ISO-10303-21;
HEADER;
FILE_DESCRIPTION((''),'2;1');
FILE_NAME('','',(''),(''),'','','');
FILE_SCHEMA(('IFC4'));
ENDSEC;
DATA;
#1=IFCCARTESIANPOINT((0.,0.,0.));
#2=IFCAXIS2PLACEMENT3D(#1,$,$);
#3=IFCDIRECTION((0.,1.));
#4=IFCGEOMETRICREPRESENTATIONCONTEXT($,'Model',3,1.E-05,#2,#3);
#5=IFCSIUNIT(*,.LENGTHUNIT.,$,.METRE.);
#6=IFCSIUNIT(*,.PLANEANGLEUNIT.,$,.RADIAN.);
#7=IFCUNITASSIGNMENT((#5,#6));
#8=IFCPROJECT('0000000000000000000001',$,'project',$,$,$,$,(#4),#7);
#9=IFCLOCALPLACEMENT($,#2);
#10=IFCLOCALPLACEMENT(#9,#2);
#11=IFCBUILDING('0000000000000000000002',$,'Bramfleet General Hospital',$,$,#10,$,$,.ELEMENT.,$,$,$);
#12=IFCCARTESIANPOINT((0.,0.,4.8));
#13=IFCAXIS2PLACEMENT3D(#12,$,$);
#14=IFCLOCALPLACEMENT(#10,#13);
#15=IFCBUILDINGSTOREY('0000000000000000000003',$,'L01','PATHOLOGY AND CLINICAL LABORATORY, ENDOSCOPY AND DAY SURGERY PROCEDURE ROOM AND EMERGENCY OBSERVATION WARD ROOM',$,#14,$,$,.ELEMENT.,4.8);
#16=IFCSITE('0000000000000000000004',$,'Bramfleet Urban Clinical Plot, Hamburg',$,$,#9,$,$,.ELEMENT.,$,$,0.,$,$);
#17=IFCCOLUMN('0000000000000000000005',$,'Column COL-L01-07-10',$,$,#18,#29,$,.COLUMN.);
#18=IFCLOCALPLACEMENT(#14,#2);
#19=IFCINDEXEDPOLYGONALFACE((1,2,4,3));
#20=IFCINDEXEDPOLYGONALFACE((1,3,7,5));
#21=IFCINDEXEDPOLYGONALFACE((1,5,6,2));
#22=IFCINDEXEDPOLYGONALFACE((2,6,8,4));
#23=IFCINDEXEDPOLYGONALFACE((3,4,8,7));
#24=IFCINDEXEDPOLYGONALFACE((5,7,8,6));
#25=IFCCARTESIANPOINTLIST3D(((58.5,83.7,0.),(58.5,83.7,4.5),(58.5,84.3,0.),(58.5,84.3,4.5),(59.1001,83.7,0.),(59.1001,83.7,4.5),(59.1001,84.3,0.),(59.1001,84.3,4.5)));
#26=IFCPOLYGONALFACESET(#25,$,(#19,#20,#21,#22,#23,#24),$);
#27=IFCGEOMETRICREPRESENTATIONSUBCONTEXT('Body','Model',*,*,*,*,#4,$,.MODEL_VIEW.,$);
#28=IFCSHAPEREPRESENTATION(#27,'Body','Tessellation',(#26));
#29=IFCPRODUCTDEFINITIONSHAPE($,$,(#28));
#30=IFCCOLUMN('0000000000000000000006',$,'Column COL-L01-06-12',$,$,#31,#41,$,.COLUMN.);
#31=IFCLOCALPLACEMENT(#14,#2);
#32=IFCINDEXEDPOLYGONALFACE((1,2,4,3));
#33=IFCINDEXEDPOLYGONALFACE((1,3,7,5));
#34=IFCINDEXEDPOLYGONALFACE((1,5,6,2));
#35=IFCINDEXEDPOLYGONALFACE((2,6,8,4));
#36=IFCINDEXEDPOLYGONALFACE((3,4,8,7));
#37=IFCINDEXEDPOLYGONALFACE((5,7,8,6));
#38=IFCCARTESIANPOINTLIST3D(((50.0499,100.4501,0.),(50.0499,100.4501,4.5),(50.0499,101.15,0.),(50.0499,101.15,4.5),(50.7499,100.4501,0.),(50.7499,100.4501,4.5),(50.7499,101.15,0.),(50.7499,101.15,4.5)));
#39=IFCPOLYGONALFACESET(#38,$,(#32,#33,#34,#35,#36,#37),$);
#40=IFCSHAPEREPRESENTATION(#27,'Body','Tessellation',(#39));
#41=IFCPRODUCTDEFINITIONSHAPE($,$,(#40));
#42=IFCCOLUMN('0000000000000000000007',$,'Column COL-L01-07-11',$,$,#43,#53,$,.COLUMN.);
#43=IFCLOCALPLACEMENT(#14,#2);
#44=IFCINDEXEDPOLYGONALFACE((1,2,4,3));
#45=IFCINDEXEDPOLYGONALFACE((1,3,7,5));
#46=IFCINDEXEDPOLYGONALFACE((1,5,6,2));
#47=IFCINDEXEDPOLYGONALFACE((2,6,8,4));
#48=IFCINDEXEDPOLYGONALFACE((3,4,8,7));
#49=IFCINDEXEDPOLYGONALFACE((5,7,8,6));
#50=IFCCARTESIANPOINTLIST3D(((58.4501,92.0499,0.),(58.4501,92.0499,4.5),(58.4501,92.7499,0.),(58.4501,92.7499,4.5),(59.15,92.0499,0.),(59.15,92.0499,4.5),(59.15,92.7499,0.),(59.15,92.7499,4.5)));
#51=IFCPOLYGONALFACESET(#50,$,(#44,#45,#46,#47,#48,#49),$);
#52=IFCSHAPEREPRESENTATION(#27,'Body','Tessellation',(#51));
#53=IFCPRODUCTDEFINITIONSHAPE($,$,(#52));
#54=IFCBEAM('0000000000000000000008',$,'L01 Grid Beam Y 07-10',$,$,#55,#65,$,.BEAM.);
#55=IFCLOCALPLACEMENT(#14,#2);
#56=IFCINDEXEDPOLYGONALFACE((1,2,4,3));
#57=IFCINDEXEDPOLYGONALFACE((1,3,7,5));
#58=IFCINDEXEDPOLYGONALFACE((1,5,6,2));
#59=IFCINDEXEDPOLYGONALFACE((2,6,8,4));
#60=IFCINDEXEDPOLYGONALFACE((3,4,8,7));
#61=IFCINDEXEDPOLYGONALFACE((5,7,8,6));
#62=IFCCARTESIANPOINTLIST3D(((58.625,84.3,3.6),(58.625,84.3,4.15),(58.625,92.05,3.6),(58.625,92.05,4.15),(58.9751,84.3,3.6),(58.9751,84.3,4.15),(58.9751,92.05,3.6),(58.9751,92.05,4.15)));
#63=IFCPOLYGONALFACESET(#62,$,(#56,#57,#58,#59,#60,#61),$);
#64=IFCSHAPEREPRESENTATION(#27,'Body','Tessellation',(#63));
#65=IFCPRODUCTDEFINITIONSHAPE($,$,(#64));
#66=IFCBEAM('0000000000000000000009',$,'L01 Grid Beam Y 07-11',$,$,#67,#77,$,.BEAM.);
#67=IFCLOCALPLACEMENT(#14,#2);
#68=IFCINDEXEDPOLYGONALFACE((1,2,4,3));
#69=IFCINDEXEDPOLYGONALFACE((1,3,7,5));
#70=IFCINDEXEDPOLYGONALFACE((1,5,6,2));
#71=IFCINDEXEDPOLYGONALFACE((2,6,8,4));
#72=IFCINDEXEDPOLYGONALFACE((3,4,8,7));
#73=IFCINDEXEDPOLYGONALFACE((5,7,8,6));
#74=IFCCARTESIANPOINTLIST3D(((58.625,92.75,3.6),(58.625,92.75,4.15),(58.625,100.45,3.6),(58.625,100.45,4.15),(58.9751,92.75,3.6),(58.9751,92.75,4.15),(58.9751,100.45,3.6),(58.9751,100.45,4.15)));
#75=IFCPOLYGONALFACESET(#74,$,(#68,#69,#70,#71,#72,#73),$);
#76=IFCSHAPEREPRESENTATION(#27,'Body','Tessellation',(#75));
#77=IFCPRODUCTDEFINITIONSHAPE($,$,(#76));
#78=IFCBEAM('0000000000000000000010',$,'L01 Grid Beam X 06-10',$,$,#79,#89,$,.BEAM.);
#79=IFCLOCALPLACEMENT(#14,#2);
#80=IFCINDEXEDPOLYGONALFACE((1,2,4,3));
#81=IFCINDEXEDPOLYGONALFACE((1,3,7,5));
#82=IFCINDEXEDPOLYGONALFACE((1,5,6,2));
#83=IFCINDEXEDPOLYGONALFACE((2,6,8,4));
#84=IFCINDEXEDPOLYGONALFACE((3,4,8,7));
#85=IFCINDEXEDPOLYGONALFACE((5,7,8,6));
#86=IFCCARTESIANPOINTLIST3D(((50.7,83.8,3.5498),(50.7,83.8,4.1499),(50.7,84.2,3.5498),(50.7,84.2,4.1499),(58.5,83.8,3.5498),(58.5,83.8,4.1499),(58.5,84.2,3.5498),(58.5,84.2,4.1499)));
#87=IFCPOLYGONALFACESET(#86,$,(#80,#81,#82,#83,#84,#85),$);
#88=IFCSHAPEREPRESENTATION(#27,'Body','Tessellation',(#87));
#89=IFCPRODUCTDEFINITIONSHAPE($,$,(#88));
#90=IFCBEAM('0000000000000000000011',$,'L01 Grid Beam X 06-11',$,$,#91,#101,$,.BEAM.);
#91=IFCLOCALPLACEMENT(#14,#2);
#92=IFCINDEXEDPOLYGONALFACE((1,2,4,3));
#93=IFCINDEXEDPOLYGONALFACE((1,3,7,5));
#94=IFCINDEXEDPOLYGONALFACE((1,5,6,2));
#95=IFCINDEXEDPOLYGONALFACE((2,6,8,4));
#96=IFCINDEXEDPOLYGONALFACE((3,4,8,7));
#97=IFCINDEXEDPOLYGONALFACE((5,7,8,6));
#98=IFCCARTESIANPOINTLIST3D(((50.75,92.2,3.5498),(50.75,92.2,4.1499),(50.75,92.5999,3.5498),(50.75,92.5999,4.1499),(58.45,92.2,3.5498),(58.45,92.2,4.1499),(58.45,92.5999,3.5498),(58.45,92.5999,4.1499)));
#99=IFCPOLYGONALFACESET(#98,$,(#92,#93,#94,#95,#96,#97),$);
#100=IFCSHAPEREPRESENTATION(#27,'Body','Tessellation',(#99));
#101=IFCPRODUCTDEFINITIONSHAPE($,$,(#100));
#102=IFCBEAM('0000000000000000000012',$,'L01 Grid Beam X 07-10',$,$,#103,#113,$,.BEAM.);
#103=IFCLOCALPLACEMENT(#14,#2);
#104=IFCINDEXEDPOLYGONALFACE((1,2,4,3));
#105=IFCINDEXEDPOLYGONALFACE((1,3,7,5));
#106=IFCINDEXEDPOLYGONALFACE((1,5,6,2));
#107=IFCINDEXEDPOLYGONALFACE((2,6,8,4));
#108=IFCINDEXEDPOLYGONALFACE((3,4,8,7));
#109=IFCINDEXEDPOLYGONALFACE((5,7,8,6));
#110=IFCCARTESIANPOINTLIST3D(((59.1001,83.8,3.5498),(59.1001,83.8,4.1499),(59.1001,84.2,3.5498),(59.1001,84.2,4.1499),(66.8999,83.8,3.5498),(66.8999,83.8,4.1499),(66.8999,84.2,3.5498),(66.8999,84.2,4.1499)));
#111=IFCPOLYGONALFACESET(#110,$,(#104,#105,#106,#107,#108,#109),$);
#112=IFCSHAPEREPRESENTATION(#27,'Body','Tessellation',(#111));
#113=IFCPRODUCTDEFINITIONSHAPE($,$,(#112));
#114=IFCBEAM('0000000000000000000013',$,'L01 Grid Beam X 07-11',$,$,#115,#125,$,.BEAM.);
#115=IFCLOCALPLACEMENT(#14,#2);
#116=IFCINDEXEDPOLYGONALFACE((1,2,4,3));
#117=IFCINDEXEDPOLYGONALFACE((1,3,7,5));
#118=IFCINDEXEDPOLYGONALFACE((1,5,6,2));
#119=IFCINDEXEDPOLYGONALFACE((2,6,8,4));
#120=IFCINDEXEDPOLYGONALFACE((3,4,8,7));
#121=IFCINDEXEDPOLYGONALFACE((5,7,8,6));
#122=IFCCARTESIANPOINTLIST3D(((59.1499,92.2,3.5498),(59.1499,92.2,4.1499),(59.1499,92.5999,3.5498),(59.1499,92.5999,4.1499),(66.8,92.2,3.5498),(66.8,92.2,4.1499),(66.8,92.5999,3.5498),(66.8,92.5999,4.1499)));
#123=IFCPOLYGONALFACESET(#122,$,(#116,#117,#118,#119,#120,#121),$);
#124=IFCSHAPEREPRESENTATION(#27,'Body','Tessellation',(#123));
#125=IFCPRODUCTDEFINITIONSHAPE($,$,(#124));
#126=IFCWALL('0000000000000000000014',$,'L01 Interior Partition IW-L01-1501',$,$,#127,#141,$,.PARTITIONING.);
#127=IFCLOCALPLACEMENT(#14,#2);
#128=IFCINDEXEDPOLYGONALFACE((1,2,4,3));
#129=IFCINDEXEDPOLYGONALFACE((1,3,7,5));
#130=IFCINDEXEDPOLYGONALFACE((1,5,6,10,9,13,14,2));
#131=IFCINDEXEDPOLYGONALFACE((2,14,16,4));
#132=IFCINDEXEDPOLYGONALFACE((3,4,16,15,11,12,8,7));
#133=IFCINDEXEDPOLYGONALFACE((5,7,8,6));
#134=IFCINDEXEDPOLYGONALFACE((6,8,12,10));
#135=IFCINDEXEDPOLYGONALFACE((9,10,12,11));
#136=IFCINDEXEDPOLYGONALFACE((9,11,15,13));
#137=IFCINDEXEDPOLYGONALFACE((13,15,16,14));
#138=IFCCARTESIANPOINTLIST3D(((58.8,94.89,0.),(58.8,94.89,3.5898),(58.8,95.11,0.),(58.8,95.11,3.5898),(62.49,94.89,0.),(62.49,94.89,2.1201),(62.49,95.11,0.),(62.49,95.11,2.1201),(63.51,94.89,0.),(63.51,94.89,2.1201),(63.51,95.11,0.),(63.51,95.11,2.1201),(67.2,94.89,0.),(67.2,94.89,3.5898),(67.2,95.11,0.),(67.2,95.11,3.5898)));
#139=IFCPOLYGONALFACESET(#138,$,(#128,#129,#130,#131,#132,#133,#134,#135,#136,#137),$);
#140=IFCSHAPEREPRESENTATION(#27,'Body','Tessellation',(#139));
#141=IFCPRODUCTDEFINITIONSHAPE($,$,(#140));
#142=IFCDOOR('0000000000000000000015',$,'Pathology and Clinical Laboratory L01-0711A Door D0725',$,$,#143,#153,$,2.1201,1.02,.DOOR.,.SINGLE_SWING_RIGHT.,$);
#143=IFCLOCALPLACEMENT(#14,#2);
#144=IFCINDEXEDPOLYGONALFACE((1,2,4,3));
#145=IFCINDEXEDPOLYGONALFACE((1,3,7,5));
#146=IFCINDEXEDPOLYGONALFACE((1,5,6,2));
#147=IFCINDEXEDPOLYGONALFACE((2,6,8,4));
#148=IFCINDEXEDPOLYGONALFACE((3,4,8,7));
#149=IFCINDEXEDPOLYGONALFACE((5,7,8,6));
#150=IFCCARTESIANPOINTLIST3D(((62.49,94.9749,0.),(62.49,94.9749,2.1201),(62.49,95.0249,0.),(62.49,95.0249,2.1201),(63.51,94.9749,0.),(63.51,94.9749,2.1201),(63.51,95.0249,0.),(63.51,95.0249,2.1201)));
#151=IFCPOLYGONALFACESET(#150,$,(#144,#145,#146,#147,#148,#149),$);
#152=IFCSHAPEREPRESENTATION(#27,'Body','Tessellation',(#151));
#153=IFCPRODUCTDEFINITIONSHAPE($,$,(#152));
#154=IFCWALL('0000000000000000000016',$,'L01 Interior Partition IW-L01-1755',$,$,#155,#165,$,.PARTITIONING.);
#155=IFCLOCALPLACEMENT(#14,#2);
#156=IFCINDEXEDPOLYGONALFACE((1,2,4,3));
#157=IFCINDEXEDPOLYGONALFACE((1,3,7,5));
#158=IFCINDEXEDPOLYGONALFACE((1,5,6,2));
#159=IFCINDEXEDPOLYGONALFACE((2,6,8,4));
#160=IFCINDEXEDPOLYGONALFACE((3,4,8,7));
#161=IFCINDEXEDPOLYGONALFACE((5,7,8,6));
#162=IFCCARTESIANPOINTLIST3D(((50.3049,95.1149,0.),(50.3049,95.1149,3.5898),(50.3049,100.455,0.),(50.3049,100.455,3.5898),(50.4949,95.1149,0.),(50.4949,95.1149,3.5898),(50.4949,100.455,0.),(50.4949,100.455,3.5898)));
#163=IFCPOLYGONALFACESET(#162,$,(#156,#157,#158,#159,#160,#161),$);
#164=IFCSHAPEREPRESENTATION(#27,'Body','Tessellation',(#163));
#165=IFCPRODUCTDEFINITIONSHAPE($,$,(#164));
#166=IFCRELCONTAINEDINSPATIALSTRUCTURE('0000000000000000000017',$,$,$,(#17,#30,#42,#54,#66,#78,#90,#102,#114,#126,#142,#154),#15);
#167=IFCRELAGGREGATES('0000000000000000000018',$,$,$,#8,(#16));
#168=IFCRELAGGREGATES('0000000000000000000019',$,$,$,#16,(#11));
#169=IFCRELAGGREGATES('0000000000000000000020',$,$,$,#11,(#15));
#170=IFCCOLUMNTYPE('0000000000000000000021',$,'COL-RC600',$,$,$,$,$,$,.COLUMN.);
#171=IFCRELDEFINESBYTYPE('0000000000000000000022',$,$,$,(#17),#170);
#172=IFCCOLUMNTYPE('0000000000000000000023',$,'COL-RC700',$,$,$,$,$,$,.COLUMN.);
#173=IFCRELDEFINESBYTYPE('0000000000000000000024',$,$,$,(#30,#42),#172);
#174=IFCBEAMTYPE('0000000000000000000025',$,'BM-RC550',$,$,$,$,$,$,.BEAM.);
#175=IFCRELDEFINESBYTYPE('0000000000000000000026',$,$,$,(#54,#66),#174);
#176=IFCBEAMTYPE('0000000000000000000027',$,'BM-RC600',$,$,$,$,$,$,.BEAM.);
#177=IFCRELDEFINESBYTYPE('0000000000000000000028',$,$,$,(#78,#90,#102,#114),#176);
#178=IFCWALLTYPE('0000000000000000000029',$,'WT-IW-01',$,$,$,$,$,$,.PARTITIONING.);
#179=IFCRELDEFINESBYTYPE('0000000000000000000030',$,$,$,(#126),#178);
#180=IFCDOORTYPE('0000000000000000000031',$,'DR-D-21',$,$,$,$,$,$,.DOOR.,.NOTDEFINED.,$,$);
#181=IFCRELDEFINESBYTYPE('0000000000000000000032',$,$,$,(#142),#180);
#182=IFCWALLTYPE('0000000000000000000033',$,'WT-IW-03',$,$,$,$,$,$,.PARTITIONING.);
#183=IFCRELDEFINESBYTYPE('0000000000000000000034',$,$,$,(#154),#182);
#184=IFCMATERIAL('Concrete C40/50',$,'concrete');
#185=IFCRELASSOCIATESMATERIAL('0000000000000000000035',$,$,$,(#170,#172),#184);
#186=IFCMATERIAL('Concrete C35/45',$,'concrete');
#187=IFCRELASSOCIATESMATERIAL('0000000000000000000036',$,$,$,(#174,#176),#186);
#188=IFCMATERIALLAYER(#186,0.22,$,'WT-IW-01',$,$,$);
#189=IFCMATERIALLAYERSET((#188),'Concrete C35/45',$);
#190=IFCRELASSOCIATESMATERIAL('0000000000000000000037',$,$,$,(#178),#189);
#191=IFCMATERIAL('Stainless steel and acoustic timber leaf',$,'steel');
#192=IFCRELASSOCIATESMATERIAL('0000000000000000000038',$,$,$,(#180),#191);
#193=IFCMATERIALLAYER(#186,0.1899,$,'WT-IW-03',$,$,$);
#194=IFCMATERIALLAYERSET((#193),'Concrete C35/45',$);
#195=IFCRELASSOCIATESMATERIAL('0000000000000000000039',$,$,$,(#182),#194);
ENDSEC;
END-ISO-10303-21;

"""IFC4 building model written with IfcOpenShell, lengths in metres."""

from ifc_helpers import new_model, si_unit, direction, frame, frame_2d, origin, origin_2d, place, context, subcontext, project, spatial, rectangle, extrude, material, layer, layer_set, material_profile, profile_set, type_object, element, fill, save


model = new_model("IFC4")

# Units and contexts
model_context = context("Model", 3, precision=1e-05, world=origin(), true_north=direction((0.0, 1.0)))
body_context = subcontext(model_context, "Body", "Model", "MODEL_VIEW")
ifc_project = project(units=[si_unit("LENGTHUNIT", "METRE"), si_unit("PLANEANGLEUNIT", "RADIAN")], contexts=[model_context])

# Site, building, storey
site_placement = place(None, origin())
site = spatial("IfcSite", under=ifc_project, at=site_placement, Name="Bramfleet Urban Clinical Plot, Hamburg", CompositionType="ELEMENT", RefElevation=0.0)
building_placement = place(site_placement, origin())
building = spatial("IfcBuilding", under=site, at=building_placement, Name="Bramfleet General Hospital", CompositionType="ELEMENT")
storey_placement = place(building_placement, frame((0.0, 0.0, 4.8)))
storey = spatial("IfcBuildingStorey", under=building, at=storey_placement, Name="L01", Description="PATHOLOGY AND CLINICAL LABORATORY, ENDOSCOPY AND DAY SURGERY PROCEDURE ROOM AND EMERGENCY OBSERVATION WARD ROOM", CompositionType="ELEMENT", Elevation=4.8)

# Columns
ifc_material_1 = material(Name="Concrete C40/50", Category="concrete")
ifc_material_profile_1 = material_profile(ifc_material_1, rectangle(XDim=0.6001, YDim=0.6001, at=origin_2d()), Name="RC COL 600x600")
ifc_profile_set_1 = profile_set([ifc_material_profile_1], Name="Concrete C40/50")
column_type_1 = type_object("IfcColumnType", Name="COL-RC600", PredefinedType="COLUMN", material=ifc_profile_set_1)
column_placement = place(storey_placement, frame((58.8, 84.0, 0.0), z_axis=(0.0, 0.0, 1.0), x_axis=(1.0, 0.0, 0.0)))
element("IfcColumn", 1, at=column_placement, inside=storey, type_object=column_type_1, Name="Column COL-L01-07-10", PredefinedType="COLUMN", context=body_context, shape_type="SweptSolid", body=[
    extrude(rectangle(XDim=0.6001, YDim=0.6001, at=origin_2d()), origin(), (0.0, 0.0, 1.0), 4.5),
])
ifc_material_profile_2 = material_profile(ifc_material_1, rectangle(XDim=0.7, YDim=0.7, at=origin_2d()), Name="RC COL 700x700")
ifc_profile_set_2 = profile_set([ifc_material_profile_2], Name="Concrete C40/50")
column_type_2 = type_object("IfcColumnType", Name="COL-RC700", PredefinedType="COLUMN", material=ifc_profile_set_2)
for number, where, z_axis, x_axis, name in (
    (2, (50.3999, 100.8, 0.0), (0.0, 0.0, 1.0), (1.0, 0.0, 0.0), "Column COL-L01-06-12"),
    (3, (58.8, 92.3999, 0.0), (0.0, 0.0, 1.0), (1.0, 0.0, 0.0), "Column COL-L01-07-11"),
):
    element("IfcColumn", number, at=place(storey_placement, frame(where, z_axis=z_axis, x_axis=x_axis)), inside=storey, type_object=column_type_2, Name=name, PredefinedType="COLUMN", context=body_context, shape_type="SweptSolid", body=[
        extrude(rectangle(XDim=0.7, YDim=0.7, at=origin_2d()), origin(), (0.0, 0.0, 1.0), 4.5),
    ])

# Beams
ifc_material_2 = material(Name="Concrete C35/45", Category="concrete")
ifc_material_profile_3 = material_profile(ifc_material_2, rectangle(XDim=0.3501, YDim=0.55, at=origin_2d()), Name="RC BM 550x350")
ifc_profile_set_3 = profile_set([ifc_material_profile_3], Name="Concrete C35/45")
beam_type_1 = type_object("IfcBeamType", Name="BM-RC550", PredefinedType="BEAM", material=ifc_profile_set_3)
beam_1_placement = place(storey_placement, frame((58.8, 84.3, 3.875), z_axis=(0.0, 1.0, 0.0), x_axis=(-1.0, 0.0, 0.0)))
element("IfcBeam", 4, at=beam_1_placement, inside=storey, type_object=beam_type_1, Name="L01 Grid Beam Y 07-10", PredefinedType="BEAM", context=body_context, shape_type="SweptSolid", body=[
    extrude(rectangle(XDim=0.3501, YDim=0.55, at=origin_2d()), origin(), (0.0, 0.0, 1.0), 7.75),
])
beam_2_placement = place(storey_placement, frame((58.8, 92.75, 3.875), z_axis=(0.0, 1.0, 0.0), x_axis=(-1.0, 0.0, 0.0)))
element("IfcBeam", 5, at=beam_2_placement, inside=storey, type_object=beam_type_1, Name="L01 Grid Beam Y 07-11", PredefinedType="BEAM", context=body_context, shape_type="SweptSolid", body=[
    extrude(rectangle(XDim=0.3501, YDim=0.55, at=origin_2d()), origin(), (0.0, 0.0, 1.0), 7.7),
])
ifc_material_profile_4 = material_profile(ifc_material_2, rectangle(XDim=0.3999, YDim=0.6001, at=origin_2d()), Name="RC BM 600x400")
ifc_profile_set_4 = profile_set([ifc_material_profile_4], Name="Concrete C35/45")
beam_type_2 = type_object("IfcBeamType", Name="BM-RC600", PredefinedType="BEAM", material=ifc_profile_set_4)
beam_3_placement = place(storey_placement, frame((50.7, 84.0, 3.8499), z_axis=(1.0, 0.0, 0.0), x_axis=(0.0, 1.0, 0.0)))
element("IfcBeam", 6, at=beam_3_placement, inside=storey, type_object=beam_type_2, Name="L01 Grid Beam X 06-10", PredefinedType="BEAM", context=body_context, shape_type="SweptSolid", body=[
    extrude(rectangle(XDim=0.3999, YDim=0.6001, at=origin_2d()), origin(), (0.0, 0.0, 1.0), 7.8),
])
beam_4_placement = place(storey_placement, frame((50.75, 92.3999, 3.8499), z_axis=(1.0, 0.0, 0.0), x_axis=(0.0, 1.0, 0.0)))
element("IfcBeam", 7, at=beam_4_placement, inside=storey, type_object=beam_type_2, Name="L01 Grid Beam X 06-11", PredefinedType="BEAM", context=body_context, shape_type="SweptSolid", body=[
    extrude(rectangle(XDim=0.3999, YDim=0.6001, at=origin_2d()), origin(), (0.0, 0.0, 1.0), 7.7),
])
beam_5_placement = place(storey_placement, frame((59.1001, 84.0, 3.8499), z_axis=(1.0, 0.0, 0.0), x_axis=(0.0, 1.0, 0.0)))
element("IfcBeam", 8, at=beam_5_placement, inside=storey, type_object=beam_type_2, Name="L01 Grid Beam X 07-10", PredefinedType="BEAM", context=body_context, shape_type="SweptSolid", body=[
    extrude(rectangle(XDim=0.3999, YDim=0.6001, at=origin_2d()), origin(), (0.0, 0.0, 1.0), 7.7998),
])
beam_6_placement = place(storey_placement, frame((59.1499, 92.3999, 3.8499), z_axis=(1.0, 0.0, 0.0), x_axis=(0.0, 1.0, 0.0)))
element("IfcBeam", 9, at=beam_6_placement, inside=storey, type_object=beam_type_2, Name="L01 Grid Beam X 07-11", PredefinedType="BEAM", context=body_context, shape_type="SweptSolid", body=[
    extrude(rectangle(XDim=0.3999, YDim=0.6001, at=origin_2d()), origin(), (0.0, 0.0, 1.0), 7.6501),
])

# Wall, opening, door
ifc_layer_1 = layer(ifc_material_2, 0.22, Name="WT-IW-01")
ifc_layer_set_1 = layer_set([ifc_layer_1], Name="Concrete C35/45")
wall_type_1 = type_object("IfcWallType", Name="WT-IW-01", PredefinedType="PARTITIONING", material=ifc_layer_set_1)
wall_1_placement = place(storey_placement, frame((58.8, 95.0, 0.0), z_axis=(0.0, 0.0, 1.0), x_axis=(1.0, 0.0, 0.0)))
wall_1 = element("IfcWall", 10, at=wall_1_placement, inside=storey, type_object=wall_type_1, Name="L01 Interior Partition IW-L01-1501", PredefinedType="PARTITIONING", context=body_context, shape_type="SweptSolid", body=[
    extrude(rectangle(XDim=8.3999, YDim=0.22, at=frame_2d((4.2, 0.0))), origin(), (0.0, 0.0, 1.0), 3.5898),
])
opening_1_placement = place(wall_1_placement, frame((3.6899, 0.0, 0.0)))
opening_1 = element("IfcOpeningElement", 11, at=opening_1_placement, cuts=wall_1, PredefinedType="OPENING", context=body_context, shape_type="SweptSolid", body=[
    extrude(rectangle(XDim=1.02, YDim=2.1201, at=frame_2d((0.51, 1.0601))), frame((0.0, 0.1199, 0.0), z_axis=(0.0, -1.0, 0.0), x_axis=(1.0, 0.0, 0.0)), (0.0, 0.0, 1.0), 0.24),
])
ifc_material_3 = material(Name="Stainless steel and acoustic timber leaf", Category="steel")
door_type_1 = type_object("IfcDoorType", Name="DR-D-21", OperationType="NOTDEFINED", PredefinedType="DOOR", material=ifc_material_3)
door_1_placement = place(opening_1_placement, origin())
door_1 = element("IfcDoor", 12, at=door_1_placement, inside=storey, type_object=door_type_1, Name="Pathology and Clinical Laboratory L01-0711A Door D0725", OperationType="SINGLE_SWING_RIGHT", OverallHeight=2.1201, OverallWidth=1.02, PredefinedType="DOOR", context=body_context, shape_type="SweptSolid", body=[
    extrude(rectangle(XDim=1.02, YDim=2.1201, at=frame_2d((0.51, 1.0601))), frame((0.0, 0.0249, 0.0), z_axis=(0.0, -1.0, 0.0), x_axis=(1.0, 0.0, 0.0)), (0.0, 0.0, 1.0), 0.05),
])
fill(opening_1, door_1)

# Wall
ifc_layer_2 = layer(ifc_material_2, 0.1899, Name="WT-IW-03")
ifc_layer_set_2 = layer_set([ifc_layer_2], Name="Concrete C35/45")
wall_type_2 = type_object("IfcWallType", Name="WT-IW-03", PredefinedType="PARTITIONING", material=ifc_layer_set_2)
wall_2_placement = place(storey_placement, frame((50.3999, 95.115, 0.0), z_axis=(0.0, 0.0, 1.0), x_axis=(0.0, 1.0, 0.0)))
element("IfcWall", 13, at=wall_2_placement, inside=storey, type_object=wall_type_2, Name="L01 Interior Partition IW-L01-1755", PredefinedType="PARTITIONING", context=body_context, shape_type="SweptSolid", body=[
    extrude(rectangle(XDim=5.3401, YDim=0.1899, at=frame_2d((2.6699, 0.0))), origin(), (0.0, 0.0, 1.0), 3.5898),
])

save(model, "model.ifc")
